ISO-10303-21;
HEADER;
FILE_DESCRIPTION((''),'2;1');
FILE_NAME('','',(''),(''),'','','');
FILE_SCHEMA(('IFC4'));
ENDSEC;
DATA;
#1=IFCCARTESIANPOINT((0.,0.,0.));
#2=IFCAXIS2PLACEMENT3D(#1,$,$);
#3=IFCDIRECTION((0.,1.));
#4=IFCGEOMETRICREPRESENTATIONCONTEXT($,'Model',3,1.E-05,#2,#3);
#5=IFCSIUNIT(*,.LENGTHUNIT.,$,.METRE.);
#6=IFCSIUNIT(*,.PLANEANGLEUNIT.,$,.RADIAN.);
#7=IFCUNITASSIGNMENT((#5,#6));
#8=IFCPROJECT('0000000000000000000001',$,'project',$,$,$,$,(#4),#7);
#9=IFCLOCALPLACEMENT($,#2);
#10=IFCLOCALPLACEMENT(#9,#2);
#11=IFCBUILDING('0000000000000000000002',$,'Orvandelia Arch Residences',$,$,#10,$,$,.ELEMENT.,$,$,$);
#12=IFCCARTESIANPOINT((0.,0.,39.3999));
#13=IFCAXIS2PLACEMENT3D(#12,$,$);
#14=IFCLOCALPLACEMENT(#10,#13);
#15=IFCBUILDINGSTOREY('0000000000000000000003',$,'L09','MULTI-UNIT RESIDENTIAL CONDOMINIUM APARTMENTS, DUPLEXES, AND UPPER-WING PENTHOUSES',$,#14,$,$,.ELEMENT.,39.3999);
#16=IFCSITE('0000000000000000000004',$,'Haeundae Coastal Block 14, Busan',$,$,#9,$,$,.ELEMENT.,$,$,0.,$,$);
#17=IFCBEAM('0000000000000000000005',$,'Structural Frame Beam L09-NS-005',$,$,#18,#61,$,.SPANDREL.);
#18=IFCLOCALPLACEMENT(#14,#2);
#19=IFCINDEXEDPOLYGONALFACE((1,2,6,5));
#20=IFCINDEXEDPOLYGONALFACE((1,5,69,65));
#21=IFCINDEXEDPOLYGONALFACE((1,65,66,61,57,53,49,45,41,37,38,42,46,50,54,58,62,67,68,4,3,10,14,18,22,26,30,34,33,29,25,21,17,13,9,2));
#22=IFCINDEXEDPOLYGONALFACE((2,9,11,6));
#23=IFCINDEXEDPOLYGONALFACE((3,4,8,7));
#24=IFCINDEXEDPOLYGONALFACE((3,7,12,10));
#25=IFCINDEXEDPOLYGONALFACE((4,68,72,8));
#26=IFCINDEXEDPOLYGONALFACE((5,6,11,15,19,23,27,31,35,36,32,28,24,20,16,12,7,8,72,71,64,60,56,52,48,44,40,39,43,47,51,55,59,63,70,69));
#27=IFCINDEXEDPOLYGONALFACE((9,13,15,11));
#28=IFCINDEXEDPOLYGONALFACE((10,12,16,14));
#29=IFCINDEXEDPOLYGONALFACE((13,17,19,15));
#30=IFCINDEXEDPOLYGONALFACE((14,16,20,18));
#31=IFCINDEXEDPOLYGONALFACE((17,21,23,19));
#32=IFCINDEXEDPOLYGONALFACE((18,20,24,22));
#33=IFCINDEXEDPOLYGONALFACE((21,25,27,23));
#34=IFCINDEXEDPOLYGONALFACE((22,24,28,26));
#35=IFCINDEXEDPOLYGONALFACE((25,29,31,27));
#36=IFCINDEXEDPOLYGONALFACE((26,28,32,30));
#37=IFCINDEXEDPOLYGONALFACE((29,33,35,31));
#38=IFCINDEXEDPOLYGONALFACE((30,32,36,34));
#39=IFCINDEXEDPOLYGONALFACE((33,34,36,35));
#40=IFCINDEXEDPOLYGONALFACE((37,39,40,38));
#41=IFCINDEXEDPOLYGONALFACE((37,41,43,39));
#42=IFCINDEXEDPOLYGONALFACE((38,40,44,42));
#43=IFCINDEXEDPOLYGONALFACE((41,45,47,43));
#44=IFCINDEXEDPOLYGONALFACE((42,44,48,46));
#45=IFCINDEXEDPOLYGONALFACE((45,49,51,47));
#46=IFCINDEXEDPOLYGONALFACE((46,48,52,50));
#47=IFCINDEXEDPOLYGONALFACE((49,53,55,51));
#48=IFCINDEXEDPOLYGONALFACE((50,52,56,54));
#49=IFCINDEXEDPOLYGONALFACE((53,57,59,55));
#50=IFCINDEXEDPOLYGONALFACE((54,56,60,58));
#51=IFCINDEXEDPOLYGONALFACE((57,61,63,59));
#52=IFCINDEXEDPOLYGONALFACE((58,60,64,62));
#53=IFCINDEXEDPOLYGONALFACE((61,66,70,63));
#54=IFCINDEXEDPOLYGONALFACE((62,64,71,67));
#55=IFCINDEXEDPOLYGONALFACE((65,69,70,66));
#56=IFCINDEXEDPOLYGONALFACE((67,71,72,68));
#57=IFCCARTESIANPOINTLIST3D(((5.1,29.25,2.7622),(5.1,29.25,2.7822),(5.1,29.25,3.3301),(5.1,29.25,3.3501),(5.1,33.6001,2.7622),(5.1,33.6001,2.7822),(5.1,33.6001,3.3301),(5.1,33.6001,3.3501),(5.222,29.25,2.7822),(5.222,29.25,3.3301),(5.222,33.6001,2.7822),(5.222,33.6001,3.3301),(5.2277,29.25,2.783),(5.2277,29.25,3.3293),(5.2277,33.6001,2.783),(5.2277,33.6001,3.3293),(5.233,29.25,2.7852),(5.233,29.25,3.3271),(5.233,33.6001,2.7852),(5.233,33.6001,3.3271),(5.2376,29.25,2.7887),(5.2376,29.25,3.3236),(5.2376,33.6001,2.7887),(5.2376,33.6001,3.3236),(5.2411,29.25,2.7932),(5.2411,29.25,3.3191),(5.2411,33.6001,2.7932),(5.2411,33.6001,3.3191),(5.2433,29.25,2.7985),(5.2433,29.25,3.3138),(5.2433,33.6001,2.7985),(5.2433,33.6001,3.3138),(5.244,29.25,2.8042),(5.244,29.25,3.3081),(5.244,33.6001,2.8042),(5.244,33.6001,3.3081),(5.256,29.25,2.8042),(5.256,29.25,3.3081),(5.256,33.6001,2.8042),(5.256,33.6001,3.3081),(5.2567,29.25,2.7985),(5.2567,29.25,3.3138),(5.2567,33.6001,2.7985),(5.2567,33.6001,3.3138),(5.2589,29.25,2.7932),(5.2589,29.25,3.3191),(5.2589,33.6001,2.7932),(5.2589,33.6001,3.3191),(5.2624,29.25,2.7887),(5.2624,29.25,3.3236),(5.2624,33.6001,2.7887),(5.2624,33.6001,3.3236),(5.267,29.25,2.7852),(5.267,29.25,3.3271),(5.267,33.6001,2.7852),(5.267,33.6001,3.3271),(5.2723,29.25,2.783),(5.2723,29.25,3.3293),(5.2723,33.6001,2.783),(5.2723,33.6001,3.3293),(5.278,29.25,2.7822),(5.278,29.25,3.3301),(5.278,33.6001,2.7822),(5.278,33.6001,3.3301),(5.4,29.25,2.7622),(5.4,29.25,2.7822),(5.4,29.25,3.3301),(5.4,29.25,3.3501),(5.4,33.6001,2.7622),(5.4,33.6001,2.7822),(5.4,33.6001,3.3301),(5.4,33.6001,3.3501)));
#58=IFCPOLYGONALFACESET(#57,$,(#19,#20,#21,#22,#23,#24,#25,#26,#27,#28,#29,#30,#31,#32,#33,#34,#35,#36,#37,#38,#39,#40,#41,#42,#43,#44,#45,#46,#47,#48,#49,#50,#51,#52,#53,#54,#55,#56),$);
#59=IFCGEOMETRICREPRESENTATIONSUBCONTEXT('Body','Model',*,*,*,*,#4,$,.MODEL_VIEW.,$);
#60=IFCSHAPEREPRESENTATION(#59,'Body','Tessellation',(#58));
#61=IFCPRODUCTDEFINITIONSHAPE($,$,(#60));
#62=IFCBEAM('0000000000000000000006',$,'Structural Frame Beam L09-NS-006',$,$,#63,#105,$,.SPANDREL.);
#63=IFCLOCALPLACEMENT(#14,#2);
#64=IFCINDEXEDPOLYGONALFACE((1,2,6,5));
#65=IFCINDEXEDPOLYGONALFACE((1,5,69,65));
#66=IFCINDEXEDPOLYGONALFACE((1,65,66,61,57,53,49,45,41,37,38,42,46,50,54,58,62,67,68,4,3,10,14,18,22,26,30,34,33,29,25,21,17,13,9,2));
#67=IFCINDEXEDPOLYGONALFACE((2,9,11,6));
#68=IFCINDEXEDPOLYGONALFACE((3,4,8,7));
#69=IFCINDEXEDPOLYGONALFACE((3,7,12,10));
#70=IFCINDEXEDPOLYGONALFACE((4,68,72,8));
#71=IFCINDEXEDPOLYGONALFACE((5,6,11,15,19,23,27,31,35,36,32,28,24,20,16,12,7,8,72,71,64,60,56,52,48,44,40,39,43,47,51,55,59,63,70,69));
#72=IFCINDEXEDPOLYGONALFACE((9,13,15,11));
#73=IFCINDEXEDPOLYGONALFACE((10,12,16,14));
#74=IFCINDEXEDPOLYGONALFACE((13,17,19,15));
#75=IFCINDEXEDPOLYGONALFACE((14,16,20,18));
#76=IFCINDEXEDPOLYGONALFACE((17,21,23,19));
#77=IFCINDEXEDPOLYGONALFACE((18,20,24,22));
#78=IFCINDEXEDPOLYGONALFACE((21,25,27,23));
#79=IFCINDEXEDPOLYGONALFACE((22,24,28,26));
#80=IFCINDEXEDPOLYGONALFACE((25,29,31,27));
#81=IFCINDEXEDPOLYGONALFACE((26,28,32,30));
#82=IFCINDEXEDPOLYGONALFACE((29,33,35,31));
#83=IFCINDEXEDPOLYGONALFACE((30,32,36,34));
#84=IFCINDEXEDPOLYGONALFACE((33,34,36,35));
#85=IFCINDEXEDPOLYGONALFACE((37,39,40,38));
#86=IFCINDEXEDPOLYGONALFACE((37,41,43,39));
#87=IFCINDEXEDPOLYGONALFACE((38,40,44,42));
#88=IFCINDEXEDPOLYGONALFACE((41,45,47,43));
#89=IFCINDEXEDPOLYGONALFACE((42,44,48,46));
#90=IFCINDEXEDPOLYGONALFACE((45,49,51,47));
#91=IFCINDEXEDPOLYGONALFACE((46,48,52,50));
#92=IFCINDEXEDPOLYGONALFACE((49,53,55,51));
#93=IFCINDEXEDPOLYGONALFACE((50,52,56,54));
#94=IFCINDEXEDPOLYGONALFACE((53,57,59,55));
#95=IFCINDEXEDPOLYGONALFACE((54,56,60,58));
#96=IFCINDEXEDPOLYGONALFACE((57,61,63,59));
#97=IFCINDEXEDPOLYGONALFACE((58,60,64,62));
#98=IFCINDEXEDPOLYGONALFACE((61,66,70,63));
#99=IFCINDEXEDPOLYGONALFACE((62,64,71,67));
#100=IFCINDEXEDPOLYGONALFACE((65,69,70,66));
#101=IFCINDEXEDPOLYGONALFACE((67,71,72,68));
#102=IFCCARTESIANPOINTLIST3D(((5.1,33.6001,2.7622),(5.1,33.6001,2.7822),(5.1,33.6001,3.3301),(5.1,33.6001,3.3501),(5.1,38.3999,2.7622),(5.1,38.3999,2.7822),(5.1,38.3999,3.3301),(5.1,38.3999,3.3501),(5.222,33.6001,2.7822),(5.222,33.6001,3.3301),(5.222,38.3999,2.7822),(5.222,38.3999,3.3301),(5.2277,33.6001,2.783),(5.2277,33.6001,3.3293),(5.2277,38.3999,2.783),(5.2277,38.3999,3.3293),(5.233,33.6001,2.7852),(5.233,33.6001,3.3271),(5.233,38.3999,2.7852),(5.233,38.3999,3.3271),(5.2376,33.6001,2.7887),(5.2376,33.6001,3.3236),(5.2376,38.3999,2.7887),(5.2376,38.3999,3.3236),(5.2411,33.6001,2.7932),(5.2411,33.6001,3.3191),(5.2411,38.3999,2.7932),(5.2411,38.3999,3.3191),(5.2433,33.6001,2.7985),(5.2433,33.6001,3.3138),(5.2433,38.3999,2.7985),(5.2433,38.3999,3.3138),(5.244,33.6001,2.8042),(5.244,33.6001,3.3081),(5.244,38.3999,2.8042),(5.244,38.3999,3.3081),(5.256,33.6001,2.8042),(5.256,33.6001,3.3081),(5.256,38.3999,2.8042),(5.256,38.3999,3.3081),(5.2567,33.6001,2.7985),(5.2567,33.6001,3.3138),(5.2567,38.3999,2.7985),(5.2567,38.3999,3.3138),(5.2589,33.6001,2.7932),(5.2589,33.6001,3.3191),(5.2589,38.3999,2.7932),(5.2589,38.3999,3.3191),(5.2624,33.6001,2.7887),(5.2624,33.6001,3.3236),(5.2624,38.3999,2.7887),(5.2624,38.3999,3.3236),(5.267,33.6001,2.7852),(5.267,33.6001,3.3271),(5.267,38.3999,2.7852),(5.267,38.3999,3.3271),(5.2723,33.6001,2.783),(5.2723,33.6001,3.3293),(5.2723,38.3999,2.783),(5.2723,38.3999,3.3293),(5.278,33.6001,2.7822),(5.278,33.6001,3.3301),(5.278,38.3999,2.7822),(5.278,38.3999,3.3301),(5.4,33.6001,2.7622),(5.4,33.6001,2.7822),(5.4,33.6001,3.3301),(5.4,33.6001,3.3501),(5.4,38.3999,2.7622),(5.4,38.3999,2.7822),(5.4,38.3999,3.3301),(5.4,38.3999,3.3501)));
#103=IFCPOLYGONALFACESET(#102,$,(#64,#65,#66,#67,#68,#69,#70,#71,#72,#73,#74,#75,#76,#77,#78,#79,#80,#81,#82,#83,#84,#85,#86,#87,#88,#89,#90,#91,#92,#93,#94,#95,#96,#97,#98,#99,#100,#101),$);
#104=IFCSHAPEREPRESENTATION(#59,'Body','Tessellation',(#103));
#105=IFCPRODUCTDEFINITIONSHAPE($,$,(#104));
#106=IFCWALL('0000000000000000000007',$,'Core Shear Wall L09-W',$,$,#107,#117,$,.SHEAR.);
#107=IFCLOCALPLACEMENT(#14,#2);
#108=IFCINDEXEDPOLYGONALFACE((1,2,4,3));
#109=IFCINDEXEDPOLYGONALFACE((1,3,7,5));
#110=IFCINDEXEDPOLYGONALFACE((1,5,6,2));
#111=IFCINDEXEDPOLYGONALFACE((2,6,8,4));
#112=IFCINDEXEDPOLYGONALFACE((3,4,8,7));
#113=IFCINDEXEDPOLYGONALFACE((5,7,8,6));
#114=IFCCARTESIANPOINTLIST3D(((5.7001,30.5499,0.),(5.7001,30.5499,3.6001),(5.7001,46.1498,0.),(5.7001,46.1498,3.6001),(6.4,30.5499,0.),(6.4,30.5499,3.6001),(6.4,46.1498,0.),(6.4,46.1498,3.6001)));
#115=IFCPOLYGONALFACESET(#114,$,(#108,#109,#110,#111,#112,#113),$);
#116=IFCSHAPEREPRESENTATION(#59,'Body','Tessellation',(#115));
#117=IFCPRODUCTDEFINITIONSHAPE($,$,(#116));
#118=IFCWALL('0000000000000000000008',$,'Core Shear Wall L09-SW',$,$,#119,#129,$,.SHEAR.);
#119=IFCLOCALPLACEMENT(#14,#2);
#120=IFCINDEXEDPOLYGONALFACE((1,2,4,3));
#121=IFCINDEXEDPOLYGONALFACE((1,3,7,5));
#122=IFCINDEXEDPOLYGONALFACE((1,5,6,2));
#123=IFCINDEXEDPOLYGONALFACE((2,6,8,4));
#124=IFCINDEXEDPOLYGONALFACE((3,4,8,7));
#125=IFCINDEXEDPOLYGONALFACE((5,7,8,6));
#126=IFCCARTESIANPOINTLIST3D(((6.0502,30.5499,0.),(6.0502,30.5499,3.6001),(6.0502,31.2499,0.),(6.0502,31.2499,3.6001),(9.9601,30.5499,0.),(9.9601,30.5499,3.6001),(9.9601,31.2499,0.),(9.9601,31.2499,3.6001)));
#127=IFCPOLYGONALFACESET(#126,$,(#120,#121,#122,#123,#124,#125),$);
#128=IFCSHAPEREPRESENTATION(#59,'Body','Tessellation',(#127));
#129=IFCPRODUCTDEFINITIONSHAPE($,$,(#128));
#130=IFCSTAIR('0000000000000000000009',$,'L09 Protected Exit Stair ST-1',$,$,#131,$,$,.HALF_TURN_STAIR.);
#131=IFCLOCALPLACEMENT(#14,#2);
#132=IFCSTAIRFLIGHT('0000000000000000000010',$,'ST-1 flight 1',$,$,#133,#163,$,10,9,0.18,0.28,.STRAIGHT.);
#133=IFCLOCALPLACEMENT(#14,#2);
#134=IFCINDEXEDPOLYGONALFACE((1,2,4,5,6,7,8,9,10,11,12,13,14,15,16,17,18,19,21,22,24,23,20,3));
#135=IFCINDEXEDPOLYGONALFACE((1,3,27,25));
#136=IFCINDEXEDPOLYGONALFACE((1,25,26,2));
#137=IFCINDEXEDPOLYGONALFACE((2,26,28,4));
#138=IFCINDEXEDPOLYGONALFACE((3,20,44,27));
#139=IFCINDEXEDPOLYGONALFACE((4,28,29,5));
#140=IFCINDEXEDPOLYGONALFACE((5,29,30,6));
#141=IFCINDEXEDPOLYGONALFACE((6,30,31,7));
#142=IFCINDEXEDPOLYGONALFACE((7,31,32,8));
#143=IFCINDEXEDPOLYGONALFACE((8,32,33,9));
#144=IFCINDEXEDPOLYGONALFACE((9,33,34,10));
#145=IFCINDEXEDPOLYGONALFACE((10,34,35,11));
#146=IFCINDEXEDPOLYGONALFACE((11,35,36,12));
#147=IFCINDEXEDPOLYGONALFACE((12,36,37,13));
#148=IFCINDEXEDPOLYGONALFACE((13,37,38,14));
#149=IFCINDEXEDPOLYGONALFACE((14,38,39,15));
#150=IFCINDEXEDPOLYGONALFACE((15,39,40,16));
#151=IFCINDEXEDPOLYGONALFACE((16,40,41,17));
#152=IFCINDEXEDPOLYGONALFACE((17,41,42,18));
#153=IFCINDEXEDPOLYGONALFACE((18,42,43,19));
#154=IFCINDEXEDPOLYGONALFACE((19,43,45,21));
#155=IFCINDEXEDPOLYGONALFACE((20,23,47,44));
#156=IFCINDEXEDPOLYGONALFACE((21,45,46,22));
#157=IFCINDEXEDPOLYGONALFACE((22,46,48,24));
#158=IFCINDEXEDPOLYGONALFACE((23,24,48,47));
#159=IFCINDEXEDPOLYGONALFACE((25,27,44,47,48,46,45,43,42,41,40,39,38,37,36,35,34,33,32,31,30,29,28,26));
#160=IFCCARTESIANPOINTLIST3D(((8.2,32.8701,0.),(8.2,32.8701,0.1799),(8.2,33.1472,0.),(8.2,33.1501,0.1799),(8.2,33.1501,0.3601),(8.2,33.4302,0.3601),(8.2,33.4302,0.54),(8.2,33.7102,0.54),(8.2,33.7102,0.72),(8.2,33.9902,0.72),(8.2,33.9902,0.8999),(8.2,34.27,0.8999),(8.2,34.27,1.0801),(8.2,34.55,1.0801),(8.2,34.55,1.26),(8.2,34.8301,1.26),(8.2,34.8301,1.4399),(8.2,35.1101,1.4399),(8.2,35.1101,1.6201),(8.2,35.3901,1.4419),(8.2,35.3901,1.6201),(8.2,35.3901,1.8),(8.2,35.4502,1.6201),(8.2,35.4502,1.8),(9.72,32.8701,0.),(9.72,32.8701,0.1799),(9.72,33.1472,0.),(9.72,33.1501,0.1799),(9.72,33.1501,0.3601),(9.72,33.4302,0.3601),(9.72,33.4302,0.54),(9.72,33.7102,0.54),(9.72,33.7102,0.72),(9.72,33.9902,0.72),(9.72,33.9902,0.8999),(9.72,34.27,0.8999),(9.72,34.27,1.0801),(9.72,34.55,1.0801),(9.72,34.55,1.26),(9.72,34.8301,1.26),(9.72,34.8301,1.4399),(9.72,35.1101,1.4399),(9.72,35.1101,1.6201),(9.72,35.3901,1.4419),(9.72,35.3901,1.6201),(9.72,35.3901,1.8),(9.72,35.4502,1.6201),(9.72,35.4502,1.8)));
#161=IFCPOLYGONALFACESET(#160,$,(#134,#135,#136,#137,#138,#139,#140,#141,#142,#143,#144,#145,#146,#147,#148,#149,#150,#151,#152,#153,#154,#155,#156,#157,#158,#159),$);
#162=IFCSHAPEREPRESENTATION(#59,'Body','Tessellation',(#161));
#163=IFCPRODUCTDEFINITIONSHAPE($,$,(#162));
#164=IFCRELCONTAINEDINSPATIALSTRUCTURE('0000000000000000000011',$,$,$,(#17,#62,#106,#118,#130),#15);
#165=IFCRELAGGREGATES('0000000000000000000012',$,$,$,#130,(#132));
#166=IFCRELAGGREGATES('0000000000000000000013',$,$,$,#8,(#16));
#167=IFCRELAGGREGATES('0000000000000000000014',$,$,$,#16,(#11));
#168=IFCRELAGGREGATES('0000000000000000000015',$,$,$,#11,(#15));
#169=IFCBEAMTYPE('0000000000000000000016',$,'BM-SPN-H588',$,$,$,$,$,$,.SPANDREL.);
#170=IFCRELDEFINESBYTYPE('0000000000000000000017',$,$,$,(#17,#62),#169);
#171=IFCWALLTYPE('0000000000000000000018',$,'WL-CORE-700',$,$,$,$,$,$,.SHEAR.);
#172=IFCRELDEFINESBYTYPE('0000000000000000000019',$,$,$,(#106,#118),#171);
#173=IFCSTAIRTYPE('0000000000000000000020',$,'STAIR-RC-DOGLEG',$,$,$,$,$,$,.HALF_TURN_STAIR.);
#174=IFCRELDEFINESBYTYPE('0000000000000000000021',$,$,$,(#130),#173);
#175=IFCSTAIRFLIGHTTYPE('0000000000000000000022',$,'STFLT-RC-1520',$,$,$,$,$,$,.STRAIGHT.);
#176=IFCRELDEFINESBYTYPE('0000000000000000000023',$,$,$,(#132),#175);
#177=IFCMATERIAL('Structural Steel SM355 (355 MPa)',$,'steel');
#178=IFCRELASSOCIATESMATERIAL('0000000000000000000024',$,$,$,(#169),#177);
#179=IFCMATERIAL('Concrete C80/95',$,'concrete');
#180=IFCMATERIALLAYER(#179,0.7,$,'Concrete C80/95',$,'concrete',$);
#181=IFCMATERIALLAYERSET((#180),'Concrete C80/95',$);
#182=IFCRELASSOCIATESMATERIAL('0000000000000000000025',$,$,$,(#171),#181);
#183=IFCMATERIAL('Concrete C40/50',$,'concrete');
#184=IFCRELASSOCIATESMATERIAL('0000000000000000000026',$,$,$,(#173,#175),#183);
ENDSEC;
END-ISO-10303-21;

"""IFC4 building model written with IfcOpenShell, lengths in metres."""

from ifc_helpers import new_model, si_unit, direction, frame, frame_2d, origin, origin_2d, place, context, subcontext, project, spatial, polyline, rectangle, i_section, outline, extrude, material, layer, layer_set, material_profile, profile_set, type_object, element, aggregate, save


model = new_model("IFC4")

# Units and contexts
model_context = context("Model", 3, precision=1e-05, world=origin(), true_north=direction((0.0, 1.0)))
body_context = subcontext(model_context, "Body", "Model", "MODEL_VIEW")
ifc_project = project(units=[si_unit("LENGTHUNIT", "METRE"), si_unit("PLANEANGLEUNIT", "RADIAN")], contexts=[model_context])

# Site, building, storey
site_placement = place(None, origin())
site = spatial("IfcSite", under=ifc_project, at=site_placement, Name="Haeundae Coastal Block 14, Busan", CompositionType="ELEMENT", RefElevation=0.0)
building_placement = place(site_placement, origin())
building = spatial("IfcBuilding", under=site, at=building_placement, Name="Orvandelia Arch Residences", CompositionType="ELEMENT")
storey_placement = place(building_placement, frame((0.0, 0.0, 39.3999)))
storey = spatial("IfcBuildingStorey", under=building, at=storey_placement, Name="L09", Description="MULTI-UNIT RESIDENTIAL CONDOMINIUM APARTMENTS, DUPLEXES, AND UPPER-WING PENTHOUSES", CompositionType="ELEMENT", Elevation=39.3999)

# Shared definitions
ifc_material_1 = material(Name="Concrete C80/95", Category="concrete")

# Beams
ifc_material_2 = material(Name="Structural Steel SM355 (355 MPa)", Category="steel")
ifc_material_profile_1 = material_profile(ifc_material_2, i_section(OverallWidth=0.3, OverallDepth=0.5879, WebThickness=0.012, FlangeThickness=0.02, FilletRadius=0.022, at=origin_2d()), Name="Structural Steel SM355 (355 MPa)", Category="steel")
ifc_profile_set_1 = profile_set([ifc_material_profile_1], Name="Structural Steel SM355 (355 MPa)")
beam_type_1 = type_object("IfcBeamType", Name="BM-SPN-H588", PredefinedType="SPANDREL", material=ifc_profile_set_1)
beam_1_placement = place(storey_placement, frame((5.25, 29.25, 3.0562), z_axis=(0.0, 1.0, 0.0), x_axis=(-1.0, 0.0, 0.0)))
element("IfcBeam", 1, at=beam_1_placement, inside=storey, type_object=beam_type_1, Name="Structural Frame Beam L09-NS-005", PredefinedType="SPANDREL", context=body_context, shape_type="SweptSolid", body=[
    extrude(i_section(OverallWidth=0.3, OverallDepth=0.5879, WebThickness=0.012, FlangeThickness=0.02, FilletRadius=0.022, at=origin_2d()), origin(), (0.0, 0.0, 1.0), 4.3501),
])
beam_2_placement = place(storey_placement, frame((5.25, 33.6001, 3.0562), z_axis=(0.0, 1.0, 0.0), x_axis=(-1.0, 0.0, 0.0)))
element("IfcBeam", 2, at=beam_2_placement, inside=storey, type_object=beam_type_1, Name="Structural Frame Beam L09-NS-006", PredefinedType="SPANDREL", context=body_context, shape_type="SweptSolid", body=[
    extrude(i_section(OverallWidth=0.3, OverallDepth=0.5879, WebThickness=0.012, FlangeThickness=0.02, FilletRadius=0.022, at=origin_2d()), origin(), (0.0, 0.0, 1.0), 4.7998),
])

# Walls
ifc_layer = layer(ifc_material_1, 0.7, Name="Concrete C80/95", Category="concrete")
ifc_layer_set = layer_set([ifc_layer], Name="Concrete C80/95")
wall_type = type_object("IfcWallType", Name="WL-CORE-700", PredefinedType="SHEAR", material=ifc_layer_set)
wall_1_placement = place(storey_placement, frame((6.05, 30.55, 0.0), z_axis=(0.0, 0.0, 1.0), x_axis=(0.0, 1.0, 0.0)))
element("IfcWall", 3, at=wall_1_placement, inside=storey, type_object=wall_type, Name="Core Shear Wall L09-W", PredefinedType="SHEAR", context=body_context, shape_type="SweptSolid", body=[
    extrude(rectangle(XDim=15.5999, YDim=0.7, at=frame_2d((7.7998, 0.0))), origin(), (0.0, 0.0, 1.0), 3.6001),
])
wall_2_placement = place(storey_placement, frame((6.05, 30.8999, 0.0), z_axis=(0.0, 0.0, 1.0), x_axis=(1.0, 0.0, 0.0)))
element("IfcWall", 4, at=wall_2_placement, inside=storey, type_object=wall_type, Name="Core Shear Wall L09-SW", PredefinedType="SHEAR", context=body_context, shape_type="SweptSolid", body=[
    extrude(rectangle(XDim=3.9099, YDim=0.7, at=frame_2d((1.9551, 0.0))), origin(), (0.0, 0.0, 1.0), 3.6001),
])

# Stair, stair flight
ifc_material_3 = material(Name="Concrete C40/50", Category="concrete")
stair_type = type_object("IfcStairType", Name="STAIR-RC-DOGLEG", PredefinedType="HALF_TURN_STAIR", material=ifc_material_3)
stair_placement = place(storey_placement, origin())
stair = element("IfcStair", 5, at=stair_placement, inside=storey, type_object=stair_type, Name="L09 Protected Exit Stair ST-1", PredefinedType="HALF_TURN_STAIR")
stair_flight_type = type_object("IfcStairFlightType", Name="STFLT-RC-1520", PredefinedType="STRAIGHT", material=ifc_material_3)
stair_flight_1_placement = place(storey_placement, frame((8.96, 32.8701, 0.0), z_axis=(0.0, 0.0, 1.0), x_axis=(0.0, 1.0, 0.0)))
stair_flight_1 = element("IfcStairFlight", 6, at=stair_flight_1_placement, type_object=stair_flight_type, Name="ST-1 flight 1", NumberOfRisers=10, NumberOfTreads=9, PredefinedType="STRAIGHT", RiserHeight=0.18, TreadLength=0.28, context=body_context, shape_type="SweptSolid", body=[
    extrude(outline(polyline([(0.0, 0.0), (0.0, 0.1799), (0.28, 0.1799), (0.28, 0.3601), (0.5601, 0.3601), (0.5601, 0.54), (0.8401, 0.54), (0.8401, 0.72), (1.1201, 0.72), (1.1201, 0.8999), (1.3999, 0.8999), (1.3999, 1.0801), (1.6799, 1.0801), (1.6799, 1.26), (1.96, 1.26), (1.96, 1.4399), (2.24, 1.4399), (2.24, 1.6201), (2.52, 1.6201), (2.52, 1.8), (2.5801, 1.8), (2.5801, 1.6201), (2.52, 1.4419), (0.2771, 0.0), (0.0, 0.0)])), frame((0.0, 0.76, 0.0), z_axis=(0.0, -1.0, 0.0), x_axis=(1.0, 0.0, 0.0)), (0.0, 0.0, 1.0), 1.52),
])
aggregate(stair, [stair_flight_1])

save(model, "model.ifc")
